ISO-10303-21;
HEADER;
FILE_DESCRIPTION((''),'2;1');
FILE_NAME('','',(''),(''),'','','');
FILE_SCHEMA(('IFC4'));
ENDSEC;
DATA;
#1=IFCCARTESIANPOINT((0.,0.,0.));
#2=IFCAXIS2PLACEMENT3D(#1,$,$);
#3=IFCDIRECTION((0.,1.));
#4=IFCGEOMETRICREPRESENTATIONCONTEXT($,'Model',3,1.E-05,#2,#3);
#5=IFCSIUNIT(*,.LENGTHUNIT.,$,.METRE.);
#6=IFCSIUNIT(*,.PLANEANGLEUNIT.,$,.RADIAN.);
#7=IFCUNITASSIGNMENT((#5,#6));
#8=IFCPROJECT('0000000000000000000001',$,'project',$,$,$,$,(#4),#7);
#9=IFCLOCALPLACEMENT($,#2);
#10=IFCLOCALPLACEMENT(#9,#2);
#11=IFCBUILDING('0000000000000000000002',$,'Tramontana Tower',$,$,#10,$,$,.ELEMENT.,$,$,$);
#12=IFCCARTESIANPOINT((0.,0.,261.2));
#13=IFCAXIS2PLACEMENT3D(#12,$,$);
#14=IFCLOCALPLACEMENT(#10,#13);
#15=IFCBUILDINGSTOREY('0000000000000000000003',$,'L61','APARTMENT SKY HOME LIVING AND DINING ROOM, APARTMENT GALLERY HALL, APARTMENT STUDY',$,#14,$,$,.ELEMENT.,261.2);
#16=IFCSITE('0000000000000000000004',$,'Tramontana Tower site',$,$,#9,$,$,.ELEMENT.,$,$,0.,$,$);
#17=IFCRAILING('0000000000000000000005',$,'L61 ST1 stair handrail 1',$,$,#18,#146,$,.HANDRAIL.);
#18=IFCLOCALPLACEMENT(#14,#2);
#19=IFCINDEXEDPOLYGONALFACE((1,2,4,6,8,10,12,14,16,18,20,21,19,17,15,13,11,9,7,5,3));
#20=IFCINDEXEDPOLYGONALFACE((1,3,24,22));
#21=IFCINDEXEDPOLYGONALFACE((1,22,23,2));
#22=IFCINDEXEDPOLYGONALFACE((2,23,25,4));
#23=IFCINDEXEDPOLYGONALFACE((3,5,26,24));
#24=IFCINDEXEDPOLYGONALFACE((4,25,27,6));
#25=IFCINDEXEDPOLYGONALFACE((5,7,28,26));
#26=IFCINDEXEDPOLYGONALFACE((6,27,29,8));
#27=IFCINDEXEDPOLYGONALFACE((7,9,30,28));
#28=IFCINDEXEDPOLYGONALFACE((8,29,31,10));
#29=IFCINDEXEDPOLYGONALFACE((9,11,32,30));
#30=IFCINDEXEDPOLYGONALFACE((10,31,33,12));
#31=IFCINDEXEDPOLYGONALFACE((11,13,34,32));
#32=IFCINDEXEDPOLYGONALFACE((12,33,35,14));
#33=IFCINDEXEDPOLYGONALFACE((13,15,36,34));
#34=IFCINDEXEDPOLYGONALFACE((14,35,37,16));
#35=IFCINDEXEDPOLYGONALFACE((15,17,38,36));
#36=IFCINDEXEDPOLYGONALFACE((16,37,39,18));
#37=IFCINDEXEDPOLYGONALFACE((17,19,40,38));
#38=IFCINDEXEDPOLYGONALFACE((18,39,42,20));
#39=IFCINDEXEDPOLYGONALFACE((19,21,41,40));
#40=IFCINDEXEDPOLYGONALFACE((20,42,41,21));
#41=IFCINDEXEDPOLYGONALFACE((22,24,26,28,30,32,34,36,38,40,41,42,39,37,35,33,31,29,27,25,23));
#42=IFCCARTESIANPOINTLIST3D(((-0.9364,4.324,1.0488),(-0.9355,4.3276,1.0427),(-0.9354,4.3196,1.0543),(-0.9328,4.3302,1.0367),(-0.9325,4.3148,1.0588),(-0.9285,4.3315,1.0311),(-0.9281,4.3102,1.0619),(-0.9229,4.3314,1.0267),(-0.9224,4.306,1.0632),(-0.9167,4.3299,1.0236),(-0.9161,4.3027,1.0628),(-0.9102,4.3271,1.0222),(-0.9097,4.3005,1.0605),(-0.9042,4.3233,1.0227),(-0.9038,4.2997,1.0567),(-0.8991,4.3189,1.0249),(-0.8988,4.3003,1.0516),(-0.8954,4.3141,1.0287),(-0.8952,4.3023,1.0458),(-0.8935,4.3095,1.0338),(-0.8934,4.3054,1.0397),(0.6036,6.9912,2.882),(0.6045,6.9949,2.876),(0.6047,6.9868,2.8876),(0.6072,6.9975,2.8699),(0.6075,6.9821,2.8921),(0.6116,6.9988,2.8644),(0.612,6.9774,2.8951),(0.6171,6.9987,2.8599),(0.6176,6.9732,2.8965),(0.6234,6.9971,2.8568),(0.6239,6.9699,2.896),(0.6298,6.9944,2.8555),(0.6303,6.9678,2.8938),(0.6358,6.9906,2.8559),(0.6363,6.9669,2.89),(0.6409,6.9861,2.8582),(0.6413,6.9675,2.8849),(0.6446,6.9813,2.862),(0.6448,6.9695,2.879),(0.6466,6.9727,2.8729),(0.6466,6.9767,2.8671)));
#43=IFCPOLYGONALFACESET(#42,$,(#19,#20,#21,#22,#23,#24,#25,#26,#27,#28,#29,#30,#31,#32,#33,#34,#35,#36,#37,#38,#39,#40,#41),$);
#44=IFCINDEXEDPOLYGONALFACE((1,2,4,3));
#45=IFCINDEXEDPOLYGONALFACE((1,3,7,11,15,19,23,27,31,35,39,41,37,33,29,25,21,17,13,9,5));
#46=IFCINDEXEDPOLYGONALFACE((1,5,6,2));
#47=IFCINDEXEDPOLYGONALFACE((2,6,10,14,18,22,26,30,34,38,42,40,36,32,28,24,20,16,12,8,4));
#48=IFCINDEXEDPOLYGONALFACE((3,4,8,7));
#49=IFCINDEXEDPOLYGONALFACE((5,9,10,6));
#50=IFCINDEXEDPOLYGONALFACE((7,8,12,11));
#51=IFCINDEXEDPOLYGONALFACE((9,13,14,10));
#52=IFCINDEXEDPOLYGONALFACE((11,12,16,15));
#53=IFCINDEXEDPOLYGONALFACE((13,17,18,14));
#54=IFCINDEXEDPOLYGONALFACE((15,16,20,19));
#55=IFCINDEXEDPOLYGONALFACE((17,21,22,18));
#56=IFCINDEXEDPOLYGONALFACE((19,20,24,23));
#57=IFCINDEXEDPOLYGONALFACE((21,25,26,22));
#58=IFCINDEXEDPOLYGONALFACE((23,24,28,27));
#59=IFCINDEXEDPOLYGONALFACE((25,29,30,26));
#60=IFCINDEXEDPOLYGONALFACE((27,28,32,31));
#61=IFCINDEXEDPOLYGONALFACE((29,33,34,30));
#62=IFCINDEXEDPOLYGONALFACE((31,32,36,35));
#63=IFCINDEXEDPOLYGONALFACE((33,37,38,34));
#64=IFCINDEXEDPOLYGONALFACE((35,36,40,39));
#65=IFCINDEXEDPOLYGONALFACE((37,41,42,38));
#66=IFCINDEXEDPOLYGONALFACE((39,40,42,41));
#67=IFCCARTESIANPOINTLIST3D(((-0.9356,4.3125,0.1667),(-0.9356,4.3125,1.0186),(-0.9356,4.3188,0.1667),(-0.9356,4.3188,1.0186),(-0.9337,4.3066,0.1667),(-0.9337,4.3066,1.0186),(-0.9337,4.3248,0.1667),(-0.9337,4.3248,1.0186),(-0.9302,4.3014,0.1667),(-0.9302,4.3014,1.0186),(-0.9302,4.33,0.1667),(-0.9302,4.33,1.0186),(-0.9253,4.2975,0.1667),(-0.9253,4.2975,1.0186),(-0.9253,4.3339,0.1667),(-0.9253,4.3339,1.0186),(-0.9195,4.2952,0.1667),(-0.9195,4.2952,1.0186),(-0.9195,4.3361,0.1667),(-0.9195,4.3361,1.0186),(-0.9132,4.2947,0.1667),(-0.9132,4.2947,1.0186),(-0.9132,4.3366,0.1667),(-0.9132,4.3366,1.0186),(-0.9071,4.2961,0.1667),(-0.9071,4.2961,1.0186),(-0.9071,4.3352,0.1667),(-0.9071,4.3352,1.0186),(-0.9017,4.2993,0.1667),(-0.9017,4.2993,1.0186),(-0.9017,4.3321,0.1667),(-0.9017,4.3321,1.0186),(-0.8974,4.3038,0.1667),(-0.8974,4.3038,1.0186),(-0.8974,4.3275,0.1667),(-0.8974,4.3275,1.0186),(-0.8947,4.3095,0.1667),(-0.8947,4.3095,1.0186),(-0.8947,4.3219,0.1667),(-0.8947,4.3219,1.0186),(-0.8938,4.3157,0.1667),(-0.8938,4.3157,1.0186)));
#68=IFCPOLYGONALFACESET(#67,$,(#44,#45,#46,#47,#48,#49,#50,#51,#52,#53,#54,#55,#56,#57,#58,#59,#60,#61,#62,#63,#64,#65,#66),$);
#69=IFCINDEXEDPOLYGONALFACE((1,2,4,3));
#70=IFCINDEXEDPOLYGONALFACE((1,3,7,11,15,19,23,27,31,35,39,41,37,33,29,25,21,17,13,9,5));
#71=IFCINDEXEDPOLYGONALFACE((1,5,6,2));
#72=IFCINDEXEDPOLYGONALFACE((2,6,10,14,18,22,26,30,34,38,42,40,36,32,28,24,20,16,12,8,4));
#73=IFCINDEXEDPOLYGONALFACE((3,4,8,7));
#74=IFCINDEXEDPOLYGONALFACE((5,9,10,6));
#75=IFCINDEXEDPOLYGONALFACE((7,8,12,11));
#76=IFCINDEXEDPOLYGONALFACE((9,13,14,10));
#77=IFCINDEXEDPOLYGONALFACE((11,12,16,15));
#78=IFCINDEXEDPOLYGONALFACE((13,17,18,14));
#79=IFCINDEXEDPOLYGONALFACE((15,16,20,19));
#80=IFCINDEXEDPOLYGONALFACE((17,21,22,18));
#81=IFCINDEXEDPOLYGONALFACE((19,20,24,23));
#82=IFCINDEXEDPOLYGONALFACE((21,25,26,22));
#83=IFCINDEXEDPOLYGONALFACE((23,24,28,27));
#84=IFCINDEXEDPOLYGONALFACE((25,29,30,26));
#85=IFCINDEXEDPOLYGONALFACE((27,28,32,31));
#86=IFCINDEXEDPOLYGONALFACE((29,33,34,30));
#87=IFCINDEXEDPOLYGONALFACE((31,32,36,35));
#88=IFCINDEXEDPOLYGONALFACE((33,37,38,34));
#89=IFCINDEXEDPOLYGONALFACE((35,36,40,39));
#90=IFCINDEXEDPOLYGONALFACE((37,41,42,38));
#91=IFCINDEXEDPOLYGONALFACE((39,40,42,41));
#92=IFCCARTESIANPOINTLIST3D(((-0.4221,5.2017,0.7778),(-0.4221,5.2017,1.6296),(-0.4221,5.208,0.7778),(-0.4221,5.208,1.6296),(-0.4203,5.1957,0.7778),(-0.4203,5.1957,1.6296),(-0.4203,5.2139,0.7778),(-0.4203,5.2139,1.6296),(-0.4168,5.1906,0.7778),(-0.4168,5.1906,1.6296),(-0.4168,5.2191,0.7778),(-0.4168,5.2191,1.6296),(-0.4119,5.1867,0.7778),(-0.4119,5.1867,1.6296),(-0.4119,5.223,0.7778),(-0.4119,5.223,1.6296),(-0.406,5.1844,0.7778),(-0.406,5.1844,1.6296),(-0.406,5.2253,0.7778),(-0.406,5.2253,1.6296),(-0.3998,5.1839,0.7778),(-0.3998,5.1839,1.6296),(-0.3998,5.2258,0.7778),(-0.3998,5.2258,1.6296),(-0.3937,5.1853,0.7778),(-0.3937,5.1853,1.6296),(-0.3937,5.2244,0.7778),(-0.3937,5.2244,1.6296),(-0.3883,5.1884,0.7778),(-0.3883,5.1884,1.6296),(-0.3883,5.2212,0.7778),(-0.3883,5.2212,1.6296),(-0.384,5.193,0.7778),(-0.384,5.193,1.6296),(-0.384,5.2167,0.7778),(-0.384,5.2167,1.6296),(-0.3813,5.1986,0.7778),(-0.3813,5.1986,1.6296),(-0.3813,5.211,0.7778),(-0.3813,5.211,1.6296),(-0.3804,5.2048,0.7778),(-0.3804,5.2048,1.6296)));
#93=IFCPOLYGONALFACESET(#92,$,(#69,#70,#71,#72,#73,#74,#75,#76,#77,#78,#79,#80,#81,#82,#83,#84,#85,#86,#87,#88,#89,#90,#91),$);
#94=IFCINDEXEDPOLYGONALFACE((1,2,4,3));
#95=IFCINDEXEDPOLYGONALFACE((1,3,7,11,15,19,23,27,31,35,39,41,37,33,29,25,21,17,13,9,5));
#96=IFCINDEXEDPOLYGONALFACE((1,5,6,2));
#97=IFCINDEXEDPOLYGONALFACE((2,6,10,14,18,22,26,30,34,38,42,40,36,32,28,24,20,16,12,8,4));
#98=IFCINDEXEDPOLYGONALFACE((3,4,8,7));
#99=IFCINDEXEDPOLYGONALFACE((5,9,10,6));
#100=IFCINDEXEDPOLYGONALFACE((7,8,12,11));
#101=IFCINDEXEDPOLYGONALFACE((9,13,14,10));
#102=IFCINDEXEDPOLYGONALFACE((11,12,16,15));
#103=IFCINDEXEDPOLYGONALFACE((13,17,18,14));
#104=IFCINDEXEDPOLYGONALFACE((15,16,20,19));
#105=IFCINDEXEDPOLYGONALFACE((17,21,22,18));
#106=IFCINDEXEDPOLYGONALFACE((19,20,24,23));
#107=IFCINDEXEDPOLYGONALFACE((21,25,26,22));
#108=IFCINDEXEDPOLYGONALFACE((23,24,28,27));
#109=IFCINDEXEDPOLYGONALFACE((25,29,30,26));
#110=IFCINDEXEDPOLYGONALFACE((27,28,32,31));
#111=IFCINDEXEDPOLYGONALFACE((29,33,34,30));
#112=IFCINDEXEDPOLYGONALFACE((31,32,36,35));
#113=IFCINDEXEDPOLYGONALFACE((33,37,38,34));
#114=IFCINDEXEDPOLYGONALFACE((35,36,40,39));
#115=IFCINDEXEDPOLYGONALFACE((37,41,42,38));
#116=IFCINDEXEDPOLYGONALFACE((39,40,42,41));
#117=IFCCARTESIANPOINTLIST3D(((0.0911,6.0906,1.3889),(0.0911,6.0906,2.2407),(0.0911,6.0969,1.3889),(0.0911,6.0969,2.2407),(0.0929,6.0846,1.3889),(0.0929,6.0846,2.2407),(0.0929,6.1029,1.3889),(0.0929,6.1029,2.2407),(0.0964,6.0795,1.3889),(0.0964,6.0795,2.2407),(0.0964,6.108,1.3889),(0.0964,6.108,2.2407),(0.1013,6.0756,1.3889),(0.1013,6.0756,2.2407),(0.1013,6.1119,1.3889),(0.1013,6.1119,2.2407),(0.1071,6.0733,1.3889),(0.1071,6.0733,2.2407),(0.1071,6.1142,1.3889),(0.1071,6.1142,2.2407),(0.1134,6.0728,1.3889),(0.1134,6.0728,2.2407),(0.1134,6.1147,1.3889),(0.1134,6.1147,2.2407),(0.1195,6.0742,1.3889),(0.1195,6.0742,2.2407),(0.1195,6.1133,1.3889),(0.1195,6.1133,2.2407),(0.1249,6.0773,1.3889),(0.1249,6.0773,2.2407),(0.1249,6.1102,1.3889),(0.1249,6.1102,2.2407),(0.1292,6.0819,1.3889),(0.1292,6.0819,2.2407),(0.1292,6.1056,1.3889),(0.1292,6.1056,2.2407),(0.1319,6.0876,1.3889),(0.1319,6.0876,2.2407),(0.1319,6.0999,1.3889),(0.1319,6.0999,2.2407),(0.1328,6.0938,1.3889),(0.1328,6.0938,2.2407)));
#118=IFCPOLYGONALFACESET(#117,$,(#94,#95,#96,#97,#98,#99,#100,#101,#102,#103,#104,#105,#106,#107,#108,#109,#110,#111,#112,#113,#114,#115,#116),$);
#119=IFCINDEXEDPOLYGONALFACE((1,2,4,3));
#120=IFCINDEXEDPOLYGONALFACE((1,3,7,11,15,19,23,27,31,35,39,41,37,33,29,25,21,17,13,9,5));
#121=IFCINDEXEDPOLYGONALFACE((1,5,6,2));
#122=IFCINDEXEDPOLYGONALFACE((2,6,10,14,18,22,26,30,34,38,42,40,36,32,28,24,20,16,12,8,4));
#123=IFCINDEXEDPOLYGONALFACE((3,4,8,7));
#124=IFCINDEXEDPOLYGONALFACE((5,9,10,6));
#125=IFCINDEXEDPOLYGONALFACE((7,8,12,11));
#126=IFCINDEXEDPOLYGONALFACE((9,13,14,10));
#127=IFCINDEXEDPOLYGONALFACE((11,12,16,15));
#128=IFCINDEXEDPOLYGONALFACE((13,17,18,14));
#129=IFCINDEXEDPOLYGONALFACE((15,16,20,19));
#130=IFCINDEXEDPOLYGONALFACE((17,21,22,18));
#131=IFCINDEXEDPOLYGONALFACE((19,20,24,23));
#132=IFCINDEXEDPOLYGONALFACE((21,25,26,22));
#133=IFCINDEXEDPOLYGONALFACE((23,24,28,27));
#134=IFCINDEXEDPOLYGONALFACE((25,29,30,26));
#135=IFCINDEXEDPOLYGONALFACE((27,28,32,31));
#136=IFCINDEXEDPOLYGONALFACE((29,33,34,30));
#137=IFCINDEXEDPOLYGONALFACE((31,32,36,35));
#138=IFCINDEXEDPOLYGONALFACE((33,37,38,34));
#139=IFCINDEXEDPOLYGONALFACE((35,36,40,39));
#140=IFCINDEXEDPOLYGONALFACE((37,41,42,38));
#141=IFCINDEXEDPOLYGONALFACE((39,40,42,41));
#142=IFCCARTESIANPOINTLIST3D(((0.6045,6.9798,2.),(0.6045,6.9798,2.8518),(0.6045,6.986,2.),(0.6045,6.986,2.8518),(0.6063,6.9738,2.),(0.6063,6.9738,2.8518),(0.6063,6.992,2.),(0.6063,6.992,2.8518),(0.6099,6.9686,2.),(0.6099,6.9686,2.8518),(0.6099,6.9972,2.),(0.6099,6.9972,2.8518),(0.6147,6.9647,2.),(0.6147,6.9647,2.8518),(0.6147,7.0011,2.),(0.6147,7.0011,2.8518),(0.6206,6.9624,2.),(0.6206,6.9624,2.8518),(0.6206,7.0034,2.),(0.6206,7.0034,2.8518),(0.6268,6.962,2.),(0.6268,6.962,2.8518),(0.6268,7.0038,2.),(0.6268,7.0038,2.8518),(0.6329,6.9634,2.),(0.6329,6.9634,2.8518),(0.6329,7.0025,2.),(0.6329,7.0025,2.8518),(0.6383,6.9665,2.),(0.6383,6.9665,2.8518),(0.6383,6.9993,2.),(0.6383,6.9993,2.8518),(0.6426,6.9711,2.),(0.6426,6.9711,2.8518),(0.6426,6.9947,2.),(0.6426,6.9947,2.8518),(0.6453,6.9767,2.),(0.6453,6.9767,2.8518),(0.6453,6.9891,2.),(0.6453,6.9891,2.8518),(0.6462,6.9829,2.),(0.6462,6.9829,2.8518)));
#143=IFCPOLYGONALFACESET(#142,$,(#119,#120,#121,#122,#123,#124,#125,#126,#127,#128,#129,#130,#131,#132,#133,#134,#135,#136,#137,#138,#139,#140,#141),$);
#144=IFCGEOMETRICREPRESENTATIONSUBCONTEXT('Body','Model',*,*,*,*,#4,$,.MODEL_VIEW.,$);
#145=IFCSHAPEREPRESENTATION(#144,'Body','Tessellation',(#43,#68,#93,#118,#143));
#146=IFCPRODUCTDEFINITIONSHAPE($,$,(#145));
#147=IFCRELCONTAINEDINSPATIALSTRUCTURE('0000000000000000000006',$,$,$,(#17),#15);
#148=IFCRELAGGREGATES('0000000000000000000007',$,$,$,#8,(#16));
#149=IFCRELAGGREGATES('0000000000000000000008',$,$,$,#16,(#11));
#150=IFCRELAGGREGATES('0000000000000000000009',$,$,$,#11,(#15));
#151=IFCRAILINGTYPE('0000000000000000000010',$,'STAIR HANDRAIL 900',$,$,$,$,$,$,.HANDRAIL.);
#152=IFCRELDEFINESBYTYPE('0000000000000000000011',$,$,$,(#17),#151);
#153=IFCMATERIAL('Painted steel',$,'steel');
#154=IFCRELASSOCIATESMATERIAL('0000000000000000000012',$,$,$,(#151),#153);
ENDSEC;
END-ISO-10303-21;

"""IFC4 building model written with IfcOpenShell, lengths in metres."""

from ifc_helpers import new_model, si_unit, direction, frame, origin, origin_2d, place, context, subcontext, project, spatial, circle, extrude, material, type_object, element, save


model = new_model("IFC4")

# Units and contexts
model_context = context("Model", 3, precision=1e-05, world=origin(), true_north=direction((0.0, 1.0)))
body_context = subcontext(model_context, "Body", "Model", "MODEL_VIEW")
ifc_project = project(units=[si_unit("LENGTHUNIT", "METRE"), si_unit("PLANEANGLEUNIT", "RADIAN")], contexts=[model_context])

# Site, building, storey
site_placement = place(None, origin())
site = spatial("IfcSite", under=ifc_project, at=site_placement, Name="Tramontana Tower site", CompositionType="ELEMENT", RefElevation=0.0)
building_placement = place(site_placement, origin())
building = spatial("IfcBuilding", under=site, at=building_placement, Name="Tramontana Tower", CompositionType="ELEMENT")
storey_placement = place(building_placement, frame((0.0, 0.0, 261.2)))
storey = spatial("IfcBuildingStorey", under=building, at=storey_placement, Name="L61", Description="APARTMENT SKY HOME LIVING AND DINING ROOM, APARTMENT GALLERY HALL, APARTMENT STUDY", CompositionType="ELEMENT", Elevation=261.2)

# Railing
ifc_material_1 = material(Name="Painted steel", Category="steel")
railing_type_1 = type_object("IfcRailingType", Name="STAIR HANDRAIL 900", PredefinedType="HANDRAIL", material=ifc_material_1)
railing_1_placement = place(storey_placement, frame((-0.9148, 4.3157, 0.1667)))
element("IfcRailing", 1, at=railing_1_placement, inside=storey, type_object=railing_type_1, Name="L61 ST1 stair handrail 1", PredefinedType="HANDRAIL", context=body_context, shape_type="SweptSolid", body=[
    extrude(circle(Radius=0.0239, at=origin_2d()), frame((0.0, 0.0, 0.876), z_axis=(0.429671, 0.744159, 0.511478), x_axis=(-0.86601, 0.500027, 0.0)), (0.0, 0.0, 1.0), 3.5842),
    extrude(circle(Radius=0.021, at=origin_2d()), origin(), (0.0, 0.0, 1.0), 0.8518),
    extrude(circle(Radius=0.021, at=origin_2d()), frame((0.5134, 0.8892, 0.6111)), (0.0, 0.0, 1.0), 0.8518),
    extrude(circle(Radius=0.021, at=origin_2d()), frame((1.0266, 1.7781, 1.2222)), (0.0, 0.0, 1.0), 0.8518),
    extrude(circle(Radius=0.021, at=origin_2d()), frame((1.54, 2.6672, 1.8333)), (0.0, 0.0, 1.0), 0.8518),
])

save(model, "model.ifc")
